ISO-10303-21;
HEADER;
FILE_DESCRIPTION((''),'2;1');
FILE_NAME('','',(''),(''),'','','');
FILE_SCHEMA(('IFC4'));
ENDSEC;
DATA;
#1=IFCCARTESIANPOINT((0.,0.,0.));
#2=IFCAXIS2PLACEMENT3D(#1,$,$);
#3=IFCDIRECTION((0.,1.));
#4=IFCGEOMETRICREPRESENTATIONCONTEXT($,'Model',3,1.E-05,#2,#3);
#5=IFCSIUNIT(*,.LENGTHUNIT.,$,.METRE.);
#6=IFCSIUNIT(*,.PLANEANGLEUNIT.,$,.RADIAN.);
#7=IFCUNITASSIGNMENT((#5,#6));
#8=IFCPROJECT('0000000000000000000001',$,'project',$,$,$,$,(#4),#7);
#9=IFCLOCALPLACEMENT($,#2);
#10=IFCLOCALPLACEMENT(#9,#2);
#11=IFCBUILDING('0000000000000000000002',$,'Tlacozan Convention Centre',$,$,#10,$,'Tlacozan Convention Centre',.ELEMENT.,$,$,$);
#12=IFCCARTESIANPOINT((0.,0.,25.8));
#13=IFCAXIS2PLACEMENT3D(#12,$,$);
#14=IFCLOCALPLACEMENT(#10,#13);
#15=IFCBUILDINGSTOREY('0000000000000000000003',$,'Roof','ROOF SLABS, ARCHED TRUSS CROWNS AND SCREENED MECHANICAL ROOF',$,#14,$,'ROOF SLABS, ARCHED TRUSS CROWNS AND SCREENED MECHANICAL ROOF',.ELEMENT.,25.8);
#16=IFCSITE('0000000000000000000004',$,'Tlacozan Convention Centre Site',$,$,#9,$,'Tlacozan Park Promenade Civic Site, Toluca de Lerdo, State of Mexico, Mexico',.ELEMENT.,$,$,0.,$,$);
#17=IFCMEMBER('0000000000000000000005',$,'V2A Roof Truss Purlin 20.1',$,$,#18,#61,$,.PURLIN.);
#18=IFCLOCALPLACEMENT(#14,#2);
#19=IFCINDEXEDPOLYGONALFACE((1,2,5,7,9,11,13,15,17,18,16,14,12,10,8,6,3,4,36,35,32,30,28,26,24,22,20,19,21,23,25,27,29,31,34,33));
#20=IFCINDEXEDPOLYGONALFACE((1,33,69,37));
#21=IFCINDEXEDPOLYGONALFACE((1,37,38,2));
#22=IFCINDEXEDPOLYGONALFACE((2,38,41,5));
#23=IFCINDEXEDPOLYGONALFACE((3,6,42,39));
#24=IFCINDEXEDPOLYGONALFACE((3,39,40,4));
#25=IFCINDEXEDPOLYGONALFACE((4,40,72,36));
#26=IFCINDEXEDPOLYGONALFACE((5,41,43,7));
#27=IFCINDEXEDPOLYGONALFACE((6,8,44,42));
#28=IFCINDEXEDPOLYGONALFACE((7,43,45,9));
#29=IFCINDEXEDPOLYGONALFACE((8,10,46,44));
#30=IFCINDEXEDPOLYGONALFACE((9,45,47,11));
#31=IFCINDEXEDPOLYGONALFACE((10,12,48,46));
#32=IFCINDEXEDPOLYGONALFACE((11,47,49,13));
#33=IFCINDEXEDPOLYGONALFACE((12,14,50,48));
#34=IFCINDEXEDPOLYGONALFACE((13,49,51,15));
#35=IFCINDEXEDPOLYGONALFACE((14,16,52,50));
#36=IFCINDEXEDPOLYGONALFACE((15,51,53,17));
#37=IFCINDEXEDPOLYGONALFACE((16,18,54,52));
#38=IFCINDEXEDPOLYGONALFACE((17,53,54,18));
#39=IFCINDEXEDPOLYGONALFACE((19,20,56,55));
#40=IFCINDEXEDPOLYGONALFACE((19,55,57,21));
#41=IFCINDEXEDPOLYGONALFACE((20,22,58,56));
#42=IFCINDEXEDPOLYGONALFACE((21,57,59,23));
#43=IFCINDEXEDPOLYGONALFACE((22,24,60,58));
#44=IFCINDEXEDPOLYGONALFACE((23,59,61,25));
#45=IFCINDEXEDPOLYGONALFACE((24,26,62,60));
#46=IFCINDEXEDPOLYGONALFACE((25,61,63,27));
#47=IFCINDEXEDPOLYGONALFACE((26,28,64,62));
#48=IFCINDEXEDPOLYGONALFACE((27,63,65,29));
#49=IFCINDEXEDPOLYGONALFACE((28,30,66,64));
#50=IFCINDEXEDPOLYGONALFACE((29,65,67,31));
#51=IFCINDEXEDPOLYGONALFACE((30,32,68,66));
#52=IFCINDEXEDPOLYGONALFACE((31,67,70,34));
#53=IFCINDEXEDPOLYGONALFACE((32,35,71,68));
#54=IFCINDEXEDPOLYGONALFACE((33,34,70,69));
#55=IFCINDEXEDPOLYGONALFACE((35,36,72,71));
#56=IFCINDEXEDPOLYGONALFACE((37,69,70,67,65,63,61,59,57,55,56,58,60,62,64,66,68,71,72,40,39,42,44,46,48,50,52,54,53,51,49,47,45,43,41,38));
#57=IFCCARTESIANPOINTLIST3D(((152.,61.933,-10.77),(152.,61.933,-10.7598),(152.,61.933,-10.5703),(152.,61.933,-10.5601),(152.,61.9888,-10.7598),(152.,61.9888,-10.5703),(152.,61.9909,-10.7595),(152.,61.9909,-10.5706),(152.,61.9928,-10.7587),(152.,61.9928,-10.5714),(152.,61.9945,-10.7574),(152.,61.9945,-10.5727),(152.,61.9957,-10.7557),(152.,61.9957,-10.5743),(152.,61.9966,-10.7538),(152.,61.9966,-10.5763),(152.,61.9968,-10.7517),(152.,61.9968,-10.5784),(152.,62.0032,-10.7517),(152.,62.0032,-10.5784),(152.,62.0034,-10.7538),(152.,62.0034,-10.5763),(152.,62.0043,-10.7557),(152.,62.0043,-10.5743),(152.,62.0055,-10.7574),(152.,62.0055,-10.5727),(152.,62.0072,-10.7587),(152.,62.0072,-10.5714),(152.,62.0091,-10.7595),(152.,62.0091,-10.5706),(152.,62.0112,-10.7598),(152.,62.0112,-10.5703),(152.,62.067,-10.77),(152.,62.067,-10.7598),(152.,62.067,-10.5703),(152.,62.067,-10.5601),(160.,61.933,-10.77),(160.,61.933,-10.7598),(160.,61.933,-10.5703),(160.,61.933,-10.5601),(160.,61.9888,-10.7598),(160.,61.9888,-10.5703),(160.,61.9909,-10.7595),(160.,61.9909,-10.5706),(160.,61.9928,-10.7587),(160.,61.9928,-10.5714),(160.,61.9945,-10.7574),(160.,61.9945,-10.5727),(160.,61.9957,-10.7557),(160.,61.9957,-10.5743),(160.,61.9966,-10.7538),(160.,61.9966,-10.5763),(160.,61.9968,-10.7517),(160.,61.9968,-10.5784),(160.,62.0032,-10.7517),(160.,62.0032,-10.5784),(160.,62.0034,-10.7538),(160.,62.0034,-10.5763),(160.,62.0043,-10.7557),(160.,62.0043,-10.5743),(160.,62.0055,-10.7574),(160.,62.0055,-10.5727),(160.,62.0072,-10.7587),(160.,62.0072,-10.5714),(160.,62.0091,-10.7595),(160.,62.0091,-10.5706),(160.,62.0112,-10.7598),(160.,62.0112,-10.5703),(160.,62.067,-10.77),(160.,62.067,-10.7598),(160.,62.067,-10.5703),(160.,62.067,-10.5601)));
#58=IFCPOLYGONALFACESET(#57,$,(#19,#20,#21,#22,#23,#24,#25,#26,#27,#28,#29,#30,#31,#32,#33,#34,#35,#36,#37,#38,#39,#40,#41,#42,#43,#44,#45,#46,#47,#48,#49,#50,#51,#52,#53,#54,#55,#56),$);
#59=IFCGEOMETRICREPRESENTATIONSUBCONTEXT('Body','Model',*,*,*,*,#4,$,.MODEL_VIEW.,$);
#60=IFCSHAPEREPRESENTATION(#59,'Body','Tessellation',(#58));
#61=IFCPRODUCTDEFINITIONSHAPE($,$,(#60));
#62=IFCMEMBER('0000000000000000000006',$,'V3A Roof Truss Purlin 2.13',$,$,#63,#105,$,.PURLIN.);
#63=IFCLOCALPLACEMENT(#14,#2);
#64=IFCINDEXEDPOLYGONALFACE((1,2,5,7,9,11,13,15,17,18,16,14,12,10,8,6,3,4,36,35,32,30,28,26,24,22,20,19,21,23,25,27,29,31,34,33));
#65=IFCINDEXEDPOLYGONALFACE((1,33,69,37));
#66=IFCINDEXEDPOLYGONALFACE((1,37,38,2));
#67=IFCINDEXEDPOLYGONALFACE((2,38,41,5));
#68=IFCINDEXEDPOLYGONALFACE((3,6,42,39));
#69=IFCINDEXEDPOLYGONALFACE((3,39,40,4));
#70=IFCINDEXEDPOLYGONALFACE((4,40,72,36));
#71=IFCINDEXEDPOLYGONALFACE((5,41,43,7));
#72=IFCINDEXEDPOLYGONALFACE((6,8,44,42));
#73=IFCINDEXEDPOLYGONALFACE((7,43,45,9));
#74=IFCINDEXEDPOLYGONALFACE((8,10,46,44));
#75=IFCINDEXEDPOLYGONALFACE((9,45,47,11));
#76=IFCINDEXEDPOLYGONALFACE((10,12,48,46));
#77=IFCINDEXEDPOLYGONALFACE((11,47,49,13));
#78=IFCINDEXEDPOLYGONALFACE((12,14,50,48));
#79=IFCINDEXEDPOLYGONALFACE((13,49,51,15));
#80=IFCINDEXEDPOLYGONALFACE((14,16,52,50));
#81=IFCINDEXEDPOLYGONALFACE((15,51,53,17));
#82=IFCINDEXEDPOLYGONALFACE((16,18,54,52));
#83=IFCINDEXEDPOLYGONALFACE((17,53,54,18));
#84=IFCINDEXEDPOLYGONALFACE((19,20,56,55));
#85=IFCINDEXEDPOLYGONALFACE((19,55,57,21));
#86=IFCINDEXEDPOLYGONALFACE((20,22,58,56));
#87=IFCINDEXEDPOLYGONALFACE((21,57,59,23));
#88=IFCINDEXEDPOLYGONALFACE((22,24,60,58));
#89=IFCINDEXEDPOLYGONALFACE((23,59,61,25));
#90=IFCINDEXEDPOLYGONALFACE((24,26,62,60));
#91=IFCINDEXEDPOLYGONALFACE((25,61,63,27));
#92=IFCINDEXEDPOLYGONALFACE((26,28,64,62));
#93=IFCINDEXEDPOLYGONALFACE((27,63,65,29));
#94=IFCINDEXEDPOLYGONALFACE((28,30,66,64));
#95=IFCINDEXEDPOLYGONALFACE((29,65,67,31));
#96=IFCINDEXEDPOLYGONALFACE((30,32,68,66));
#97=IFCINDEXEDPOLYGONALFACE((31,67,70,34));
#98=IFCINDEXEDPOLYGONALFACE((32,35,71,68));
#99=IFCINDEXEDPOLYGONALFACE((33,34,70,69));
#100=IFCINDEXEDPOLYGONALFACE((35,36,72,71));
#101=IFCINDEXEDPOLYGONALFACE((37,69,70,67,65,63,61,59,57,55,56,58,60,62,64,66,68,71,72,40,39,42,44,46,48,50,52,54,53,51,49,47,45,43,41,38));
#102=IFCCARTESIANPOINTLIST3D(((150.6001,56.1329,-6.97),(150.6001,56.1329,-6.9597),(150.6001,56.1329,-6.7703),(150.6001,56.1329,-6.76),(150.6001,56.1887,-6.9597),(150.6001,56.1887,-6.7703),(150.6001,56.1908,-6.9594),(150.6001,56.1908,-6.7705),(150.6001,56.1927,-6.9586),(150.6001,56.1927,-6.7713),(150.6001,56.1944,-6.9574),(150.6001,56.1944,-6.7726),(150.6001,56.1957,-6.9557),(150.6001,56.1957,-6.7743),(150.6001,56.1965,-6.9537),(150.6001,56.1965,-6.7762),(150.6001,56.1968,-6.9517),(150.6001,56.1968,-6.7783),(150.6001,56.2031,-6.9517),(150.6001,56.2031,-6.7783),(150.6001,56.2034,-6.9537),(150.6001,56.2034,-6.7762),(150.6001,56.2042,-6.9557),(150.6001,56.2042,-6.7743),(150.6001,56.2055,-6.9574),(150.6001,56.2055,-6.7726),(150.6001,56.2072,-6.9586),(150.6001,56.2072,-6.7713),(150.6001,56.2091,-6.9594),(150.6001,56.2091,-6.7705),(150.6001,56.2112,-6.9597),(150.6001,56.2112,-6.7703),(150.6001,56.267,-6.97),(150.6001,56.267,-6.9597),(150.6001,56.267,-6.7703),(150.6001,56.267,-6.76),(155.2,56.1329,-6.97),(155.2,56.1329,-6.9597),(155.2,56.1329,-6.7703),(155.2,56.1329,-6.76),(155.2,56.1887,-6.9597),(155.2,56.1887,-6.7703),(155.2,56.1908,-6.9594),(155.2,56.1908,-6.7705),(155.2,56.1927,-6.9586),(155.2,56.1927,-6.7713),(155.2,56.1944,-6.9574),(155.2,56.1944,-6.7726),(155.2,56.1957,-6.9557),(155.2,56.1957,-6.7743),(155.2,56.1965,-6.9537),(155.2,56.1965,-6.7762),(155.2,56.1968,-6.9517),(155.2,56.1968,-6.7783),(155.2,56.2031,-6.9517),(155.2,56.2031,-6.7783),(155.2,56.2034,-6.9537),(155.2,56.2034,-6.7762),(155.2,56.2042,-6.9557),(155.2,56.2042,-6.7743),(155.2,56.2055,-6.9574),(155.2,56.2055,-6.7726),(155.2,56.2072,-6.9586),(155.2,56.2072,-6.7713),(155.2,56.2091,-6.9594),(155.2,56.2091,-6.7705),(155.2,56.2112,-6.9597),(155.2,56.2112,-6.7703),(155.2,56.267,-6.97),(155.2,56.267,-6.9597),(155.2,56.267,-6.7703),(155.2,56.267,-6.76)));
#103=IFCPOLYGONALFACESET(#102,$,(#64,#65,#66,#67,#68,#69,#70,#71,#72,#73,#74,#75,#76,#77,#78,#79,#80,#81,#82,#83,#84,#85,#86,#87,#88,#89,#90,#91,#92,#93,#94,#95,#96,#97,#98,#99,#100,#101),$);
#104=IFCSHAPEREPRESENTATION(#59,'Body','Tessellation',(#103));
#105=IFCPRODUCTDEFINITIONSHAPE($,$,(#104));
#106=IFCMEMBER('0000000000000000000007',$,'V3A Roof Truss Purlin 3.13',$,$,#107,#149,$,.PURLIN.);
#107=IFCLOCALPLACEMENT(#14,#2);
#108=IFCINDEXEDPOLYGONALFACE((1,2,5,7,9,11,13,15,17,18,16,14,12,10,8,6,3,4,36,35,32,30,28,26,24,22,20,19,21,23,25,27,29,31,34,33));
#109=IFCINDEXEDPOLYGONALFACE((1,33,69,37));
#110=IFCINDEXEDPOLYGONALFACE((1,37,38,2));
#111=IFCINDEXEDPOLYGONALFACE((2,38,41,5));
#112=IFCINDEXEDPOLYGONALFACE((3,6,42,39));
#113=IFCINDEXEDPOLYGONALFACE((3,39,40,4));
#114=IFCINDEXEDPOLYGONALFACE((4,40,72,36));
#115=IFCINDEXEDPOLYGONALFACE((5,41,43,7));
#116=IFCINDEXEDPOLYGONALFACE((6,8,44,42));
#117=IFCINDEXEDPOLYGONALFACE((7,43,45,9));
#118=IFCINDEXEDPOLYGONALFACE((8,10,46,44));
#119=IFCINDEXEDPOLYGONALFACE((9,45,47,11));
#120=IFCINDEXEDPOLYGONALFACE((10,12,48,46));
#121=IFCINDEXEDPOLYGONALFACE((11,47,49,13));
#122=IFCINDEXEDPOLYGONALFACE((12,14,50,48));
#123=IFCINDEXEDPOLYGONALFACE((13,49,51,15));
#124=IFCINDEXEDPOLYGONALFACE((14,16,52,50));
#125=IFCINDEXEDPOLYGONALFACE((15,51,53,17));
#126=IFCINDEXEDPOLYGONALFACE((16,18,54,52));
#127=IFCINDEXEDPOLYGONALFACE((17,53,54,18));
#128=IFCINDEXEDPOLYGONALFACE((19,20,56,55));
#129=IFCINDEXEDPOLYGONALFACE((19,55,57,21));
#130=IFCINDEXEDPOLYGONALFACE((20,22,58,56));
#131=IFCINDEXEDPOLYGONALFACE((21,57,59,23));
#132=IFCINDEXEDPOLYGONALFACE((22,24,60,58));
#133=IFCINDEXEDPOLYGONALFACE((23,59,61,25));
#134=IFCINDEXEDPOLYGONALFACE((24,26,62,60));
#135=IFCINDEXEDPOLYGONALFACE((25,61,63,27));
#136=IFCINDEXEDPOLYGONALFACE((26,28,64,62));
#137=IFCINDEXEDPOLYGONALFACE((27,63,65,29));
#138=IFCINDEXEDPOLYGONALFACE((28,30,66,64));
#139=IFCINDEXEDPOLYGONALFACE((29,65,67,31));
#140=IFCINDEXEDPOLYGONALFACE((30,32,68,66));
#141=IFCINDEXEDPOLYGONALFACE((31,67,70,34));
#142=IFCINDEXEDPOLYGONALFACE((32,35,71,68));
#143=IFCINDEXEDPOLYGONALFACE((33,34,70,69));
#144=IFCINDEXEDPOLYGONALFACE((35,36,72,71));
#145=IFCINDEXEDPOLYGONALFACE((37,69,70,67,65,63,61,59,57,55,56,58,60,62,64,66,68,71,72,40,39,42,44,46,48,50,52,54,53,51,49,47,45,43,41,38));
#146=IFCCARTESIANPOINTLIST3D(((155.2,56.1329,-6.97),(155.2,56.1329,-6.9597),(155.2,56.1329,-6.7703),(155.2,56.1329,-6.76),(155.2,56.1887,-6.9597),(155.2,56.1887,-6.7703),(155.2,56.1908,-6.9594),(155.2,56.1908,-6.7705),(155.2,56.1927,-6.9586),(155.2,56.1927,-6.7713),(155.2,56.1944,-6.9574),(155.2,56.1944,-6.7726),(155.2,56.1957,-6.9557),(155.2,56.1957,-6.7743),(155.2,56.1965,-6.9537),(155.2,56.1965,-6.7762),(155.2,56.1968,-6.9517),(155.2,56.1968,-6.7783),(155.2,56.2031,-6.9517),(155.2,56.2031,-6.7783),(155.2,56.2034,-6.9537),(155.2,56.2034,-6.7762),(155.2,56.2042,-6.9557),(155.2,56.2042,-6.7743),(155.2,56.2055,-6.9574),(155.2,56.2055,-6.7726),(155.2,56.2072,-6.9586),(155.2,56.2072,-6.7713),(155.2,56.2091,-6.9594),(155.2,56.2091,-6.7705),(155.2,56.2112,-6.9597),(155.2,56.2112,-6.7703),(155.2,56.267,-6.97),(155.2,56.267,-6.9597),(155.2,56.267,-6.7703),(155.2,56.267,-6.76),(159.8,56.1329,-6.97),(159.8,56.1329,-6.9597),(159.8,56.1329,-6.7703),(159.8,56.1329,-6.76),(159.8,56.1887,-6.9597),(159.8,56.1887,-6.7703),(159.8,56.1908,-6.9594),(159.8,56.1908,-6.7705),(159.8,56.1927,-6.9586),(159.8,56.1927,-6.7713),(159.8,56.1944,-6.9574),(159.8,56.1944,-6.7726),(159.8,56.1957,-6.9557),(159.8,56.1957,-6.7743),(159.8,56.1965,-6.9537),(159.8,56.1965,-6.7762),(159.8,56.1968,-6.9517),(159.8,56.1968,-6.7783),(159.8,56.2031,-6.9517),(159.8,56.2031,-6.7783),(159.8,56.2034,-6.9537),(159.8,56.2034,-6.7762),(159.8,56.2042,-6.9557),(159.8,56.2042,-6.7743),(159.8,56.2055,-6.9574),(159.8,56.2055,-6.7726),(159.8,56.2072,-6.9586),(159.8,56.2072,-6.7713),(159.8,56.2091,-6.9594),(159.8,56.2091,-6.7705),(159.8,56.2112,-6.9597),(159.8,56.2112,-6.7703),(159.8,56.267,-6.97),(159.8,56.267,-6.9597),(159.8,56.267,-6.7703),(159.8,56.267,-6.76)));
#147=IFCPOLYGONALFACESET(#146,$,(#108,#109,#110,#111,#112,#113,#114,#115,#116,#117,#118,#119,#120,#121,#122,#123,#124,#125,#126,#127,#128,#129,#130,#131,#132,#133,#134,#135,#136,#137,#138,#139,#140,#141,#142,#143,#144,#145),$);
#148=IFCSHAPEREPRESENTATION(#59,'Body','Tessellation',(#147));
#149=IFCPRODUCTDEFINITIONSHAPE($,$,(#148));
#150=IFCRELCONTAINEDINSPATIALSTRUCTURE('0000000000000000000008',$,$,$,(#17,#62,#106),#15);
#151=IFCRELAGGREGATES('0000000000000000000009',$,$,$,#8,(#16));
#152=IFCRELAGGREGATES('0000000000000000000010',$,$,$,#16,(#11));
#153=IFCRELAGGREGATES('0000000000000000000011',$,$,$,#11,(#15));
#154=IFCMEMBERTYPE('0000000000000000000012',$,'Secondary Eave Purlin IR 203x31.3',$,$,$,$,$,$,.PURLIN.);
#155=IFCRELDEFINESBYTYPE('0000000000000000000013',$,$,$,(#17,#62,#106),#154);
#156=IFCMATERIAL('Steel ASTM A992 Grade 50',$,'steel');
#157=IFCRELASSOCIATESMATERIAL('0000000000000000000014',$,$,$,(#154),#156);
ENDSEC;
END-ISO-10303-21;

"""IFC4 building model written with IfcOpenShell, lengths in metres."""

from ifc_helpers import new_model, si_unit, direction, frame, origin, origin_2d, place, context, subcontext, project, spatial, i_section, extrude, material, material_profile, profile_set, type_object, element, save


model = new_model("IFC4")

# Units and contexts
model_context = context("Model", 3, precision=1e-05, world=origin(), true_north=direction((0.0, 1.0)))
body_context = subcontext(model_context, "Body", "Model", "MODEL_VIEW")
ifc_project = project(units=[si_unit("LENGTHUNIT", "METRE"), si_unit("PLANEANGLEUNIT", "RADIAN")], contexts=[model_context])

# Site, building, storey
site_placement = place(None, origin())
site = spatial("IfcSite", under=ifc_project, at=site_placement, Name="Tlacozan Convention Centre Site", LongName="Tlacozan Park Promenade Civic Site, Toluca de Lerdo, State of Mexico, Mexico", CompositionType="ELEMENT", RefElevation=0.0)
building_placement = place(site_placement, origin())
building = spatial("IfcBuilding", under=site, at=building_placement, Name="Tlacozan Convention Centre", LongName="Tlacozan Convention Centre", CompositionType="ELEMENT")
storey_placement = place(building_placement, frame((0.0, 0.0, 25.8)))
storey = spatial("IfcBuildingStorey", under=building, at=storey_placement, Name="Roof", Description="ROOF SLABS, ARCHED TRUSS CROWNS AND SCREENED MECHANICAL ROOF", LongName="ROOF SLABS, ARCHED TRUSS CROWNS AND SCREENED MECHANICAL ROOF", CompositionType="ELEMENT", Elevation=25.8)

# Members
ifc_material_1 = material(Name="Steel ASTM A992 Grade 50", Category="steel")
ifc_material_profile_1 = material_profile(ifc_material_1, i_section(OverallWidth=0.134, OverallDepth=0.21, WebThickness=0.0063, FlangeThickness=0.0103, FilletRadius=0.0081, at=origin_2d()), Name="IR 203x31.3")
ifc_profile_set_1 = profile_set([ifc_material_profile_1], Name="Steel ASTM A992 Grade 50")
member_type_1 = type_object("IfcMemberType", Name="Secondary Eave Purlin IR 203x31.3", PredefinedType="PURLIN", material=ifc_profile_set_1)
member_1_placement = place(storey_placement, frame((152.0, 62.0, -10.665), z_axis=(1.0, 0.0, 0.0), x_axis=(0.0, 1.0, 0.0)))
element("IfcMember", 1, at=member_1_placement, inside=storey, type_object=member_type_1, Name="V2A Roof Truss Purlin 20.1", PredefinedType="PURLIN", context=body_context, shape_type="SweptSolid", body=[
    extrude(i_section(OverallWidth=0.134, OverallDepth=0.21, WebThickness=0.0063, FlangeThickness=0.0103, FilletRadius=0.0081, at=origin_2d()), origin(), (0.0, 0.0, 1.0), 8.0),
])
member_2_placement = place(storey_placement, frame((150.6001, 56.2, -6.865), z_axis=(1.0, 0.0, 0.0), x_axis=(0.0, 1.0, 0.0)))
element("IfcMember", 2, at=member_2_placement, inside=storey, type_object=member_type_1, Name="V3A Roof Truss Purlin 2.13", PredefinedType="PURLIN", context=body_context, shape_type="SweptSolid", body=[
    extrude(i_section(OverallWidth=0.134, OverallDepth=0.21, WebThickness=0.0063, FlangeThickness=0.0103, FilletRadius=0.0081, at=origin_2d()), origin(), (0.0, 0.0, 1.0), 4.5999),
])
member_3_placement = place(storey_placement, frame((155.2, 56.2, -6.865), z_axis=(1.0, 0.0, 0.0), x_axis=(0.0, 1.0, 0.0)))
element("IfcMember", 3, at=member_3_placement, inside=storey, type_object=member_type_1, Name="V3A Roof Truss Purlin 3.13", PredefinedType="PURLIN", context=body_context, shape_type="SweptSolid", body=[
    extrude(i_section(OverallWidth=0.134, OverallDepth=0.21, WebThickness=0.0063, FlangeThickness=0.0103, FilletRadius=0.0081, at=origin_2d()), origin(), (0.0, 0.0, 1.0), 4.6001),
])

save(model, "model.ifc")
